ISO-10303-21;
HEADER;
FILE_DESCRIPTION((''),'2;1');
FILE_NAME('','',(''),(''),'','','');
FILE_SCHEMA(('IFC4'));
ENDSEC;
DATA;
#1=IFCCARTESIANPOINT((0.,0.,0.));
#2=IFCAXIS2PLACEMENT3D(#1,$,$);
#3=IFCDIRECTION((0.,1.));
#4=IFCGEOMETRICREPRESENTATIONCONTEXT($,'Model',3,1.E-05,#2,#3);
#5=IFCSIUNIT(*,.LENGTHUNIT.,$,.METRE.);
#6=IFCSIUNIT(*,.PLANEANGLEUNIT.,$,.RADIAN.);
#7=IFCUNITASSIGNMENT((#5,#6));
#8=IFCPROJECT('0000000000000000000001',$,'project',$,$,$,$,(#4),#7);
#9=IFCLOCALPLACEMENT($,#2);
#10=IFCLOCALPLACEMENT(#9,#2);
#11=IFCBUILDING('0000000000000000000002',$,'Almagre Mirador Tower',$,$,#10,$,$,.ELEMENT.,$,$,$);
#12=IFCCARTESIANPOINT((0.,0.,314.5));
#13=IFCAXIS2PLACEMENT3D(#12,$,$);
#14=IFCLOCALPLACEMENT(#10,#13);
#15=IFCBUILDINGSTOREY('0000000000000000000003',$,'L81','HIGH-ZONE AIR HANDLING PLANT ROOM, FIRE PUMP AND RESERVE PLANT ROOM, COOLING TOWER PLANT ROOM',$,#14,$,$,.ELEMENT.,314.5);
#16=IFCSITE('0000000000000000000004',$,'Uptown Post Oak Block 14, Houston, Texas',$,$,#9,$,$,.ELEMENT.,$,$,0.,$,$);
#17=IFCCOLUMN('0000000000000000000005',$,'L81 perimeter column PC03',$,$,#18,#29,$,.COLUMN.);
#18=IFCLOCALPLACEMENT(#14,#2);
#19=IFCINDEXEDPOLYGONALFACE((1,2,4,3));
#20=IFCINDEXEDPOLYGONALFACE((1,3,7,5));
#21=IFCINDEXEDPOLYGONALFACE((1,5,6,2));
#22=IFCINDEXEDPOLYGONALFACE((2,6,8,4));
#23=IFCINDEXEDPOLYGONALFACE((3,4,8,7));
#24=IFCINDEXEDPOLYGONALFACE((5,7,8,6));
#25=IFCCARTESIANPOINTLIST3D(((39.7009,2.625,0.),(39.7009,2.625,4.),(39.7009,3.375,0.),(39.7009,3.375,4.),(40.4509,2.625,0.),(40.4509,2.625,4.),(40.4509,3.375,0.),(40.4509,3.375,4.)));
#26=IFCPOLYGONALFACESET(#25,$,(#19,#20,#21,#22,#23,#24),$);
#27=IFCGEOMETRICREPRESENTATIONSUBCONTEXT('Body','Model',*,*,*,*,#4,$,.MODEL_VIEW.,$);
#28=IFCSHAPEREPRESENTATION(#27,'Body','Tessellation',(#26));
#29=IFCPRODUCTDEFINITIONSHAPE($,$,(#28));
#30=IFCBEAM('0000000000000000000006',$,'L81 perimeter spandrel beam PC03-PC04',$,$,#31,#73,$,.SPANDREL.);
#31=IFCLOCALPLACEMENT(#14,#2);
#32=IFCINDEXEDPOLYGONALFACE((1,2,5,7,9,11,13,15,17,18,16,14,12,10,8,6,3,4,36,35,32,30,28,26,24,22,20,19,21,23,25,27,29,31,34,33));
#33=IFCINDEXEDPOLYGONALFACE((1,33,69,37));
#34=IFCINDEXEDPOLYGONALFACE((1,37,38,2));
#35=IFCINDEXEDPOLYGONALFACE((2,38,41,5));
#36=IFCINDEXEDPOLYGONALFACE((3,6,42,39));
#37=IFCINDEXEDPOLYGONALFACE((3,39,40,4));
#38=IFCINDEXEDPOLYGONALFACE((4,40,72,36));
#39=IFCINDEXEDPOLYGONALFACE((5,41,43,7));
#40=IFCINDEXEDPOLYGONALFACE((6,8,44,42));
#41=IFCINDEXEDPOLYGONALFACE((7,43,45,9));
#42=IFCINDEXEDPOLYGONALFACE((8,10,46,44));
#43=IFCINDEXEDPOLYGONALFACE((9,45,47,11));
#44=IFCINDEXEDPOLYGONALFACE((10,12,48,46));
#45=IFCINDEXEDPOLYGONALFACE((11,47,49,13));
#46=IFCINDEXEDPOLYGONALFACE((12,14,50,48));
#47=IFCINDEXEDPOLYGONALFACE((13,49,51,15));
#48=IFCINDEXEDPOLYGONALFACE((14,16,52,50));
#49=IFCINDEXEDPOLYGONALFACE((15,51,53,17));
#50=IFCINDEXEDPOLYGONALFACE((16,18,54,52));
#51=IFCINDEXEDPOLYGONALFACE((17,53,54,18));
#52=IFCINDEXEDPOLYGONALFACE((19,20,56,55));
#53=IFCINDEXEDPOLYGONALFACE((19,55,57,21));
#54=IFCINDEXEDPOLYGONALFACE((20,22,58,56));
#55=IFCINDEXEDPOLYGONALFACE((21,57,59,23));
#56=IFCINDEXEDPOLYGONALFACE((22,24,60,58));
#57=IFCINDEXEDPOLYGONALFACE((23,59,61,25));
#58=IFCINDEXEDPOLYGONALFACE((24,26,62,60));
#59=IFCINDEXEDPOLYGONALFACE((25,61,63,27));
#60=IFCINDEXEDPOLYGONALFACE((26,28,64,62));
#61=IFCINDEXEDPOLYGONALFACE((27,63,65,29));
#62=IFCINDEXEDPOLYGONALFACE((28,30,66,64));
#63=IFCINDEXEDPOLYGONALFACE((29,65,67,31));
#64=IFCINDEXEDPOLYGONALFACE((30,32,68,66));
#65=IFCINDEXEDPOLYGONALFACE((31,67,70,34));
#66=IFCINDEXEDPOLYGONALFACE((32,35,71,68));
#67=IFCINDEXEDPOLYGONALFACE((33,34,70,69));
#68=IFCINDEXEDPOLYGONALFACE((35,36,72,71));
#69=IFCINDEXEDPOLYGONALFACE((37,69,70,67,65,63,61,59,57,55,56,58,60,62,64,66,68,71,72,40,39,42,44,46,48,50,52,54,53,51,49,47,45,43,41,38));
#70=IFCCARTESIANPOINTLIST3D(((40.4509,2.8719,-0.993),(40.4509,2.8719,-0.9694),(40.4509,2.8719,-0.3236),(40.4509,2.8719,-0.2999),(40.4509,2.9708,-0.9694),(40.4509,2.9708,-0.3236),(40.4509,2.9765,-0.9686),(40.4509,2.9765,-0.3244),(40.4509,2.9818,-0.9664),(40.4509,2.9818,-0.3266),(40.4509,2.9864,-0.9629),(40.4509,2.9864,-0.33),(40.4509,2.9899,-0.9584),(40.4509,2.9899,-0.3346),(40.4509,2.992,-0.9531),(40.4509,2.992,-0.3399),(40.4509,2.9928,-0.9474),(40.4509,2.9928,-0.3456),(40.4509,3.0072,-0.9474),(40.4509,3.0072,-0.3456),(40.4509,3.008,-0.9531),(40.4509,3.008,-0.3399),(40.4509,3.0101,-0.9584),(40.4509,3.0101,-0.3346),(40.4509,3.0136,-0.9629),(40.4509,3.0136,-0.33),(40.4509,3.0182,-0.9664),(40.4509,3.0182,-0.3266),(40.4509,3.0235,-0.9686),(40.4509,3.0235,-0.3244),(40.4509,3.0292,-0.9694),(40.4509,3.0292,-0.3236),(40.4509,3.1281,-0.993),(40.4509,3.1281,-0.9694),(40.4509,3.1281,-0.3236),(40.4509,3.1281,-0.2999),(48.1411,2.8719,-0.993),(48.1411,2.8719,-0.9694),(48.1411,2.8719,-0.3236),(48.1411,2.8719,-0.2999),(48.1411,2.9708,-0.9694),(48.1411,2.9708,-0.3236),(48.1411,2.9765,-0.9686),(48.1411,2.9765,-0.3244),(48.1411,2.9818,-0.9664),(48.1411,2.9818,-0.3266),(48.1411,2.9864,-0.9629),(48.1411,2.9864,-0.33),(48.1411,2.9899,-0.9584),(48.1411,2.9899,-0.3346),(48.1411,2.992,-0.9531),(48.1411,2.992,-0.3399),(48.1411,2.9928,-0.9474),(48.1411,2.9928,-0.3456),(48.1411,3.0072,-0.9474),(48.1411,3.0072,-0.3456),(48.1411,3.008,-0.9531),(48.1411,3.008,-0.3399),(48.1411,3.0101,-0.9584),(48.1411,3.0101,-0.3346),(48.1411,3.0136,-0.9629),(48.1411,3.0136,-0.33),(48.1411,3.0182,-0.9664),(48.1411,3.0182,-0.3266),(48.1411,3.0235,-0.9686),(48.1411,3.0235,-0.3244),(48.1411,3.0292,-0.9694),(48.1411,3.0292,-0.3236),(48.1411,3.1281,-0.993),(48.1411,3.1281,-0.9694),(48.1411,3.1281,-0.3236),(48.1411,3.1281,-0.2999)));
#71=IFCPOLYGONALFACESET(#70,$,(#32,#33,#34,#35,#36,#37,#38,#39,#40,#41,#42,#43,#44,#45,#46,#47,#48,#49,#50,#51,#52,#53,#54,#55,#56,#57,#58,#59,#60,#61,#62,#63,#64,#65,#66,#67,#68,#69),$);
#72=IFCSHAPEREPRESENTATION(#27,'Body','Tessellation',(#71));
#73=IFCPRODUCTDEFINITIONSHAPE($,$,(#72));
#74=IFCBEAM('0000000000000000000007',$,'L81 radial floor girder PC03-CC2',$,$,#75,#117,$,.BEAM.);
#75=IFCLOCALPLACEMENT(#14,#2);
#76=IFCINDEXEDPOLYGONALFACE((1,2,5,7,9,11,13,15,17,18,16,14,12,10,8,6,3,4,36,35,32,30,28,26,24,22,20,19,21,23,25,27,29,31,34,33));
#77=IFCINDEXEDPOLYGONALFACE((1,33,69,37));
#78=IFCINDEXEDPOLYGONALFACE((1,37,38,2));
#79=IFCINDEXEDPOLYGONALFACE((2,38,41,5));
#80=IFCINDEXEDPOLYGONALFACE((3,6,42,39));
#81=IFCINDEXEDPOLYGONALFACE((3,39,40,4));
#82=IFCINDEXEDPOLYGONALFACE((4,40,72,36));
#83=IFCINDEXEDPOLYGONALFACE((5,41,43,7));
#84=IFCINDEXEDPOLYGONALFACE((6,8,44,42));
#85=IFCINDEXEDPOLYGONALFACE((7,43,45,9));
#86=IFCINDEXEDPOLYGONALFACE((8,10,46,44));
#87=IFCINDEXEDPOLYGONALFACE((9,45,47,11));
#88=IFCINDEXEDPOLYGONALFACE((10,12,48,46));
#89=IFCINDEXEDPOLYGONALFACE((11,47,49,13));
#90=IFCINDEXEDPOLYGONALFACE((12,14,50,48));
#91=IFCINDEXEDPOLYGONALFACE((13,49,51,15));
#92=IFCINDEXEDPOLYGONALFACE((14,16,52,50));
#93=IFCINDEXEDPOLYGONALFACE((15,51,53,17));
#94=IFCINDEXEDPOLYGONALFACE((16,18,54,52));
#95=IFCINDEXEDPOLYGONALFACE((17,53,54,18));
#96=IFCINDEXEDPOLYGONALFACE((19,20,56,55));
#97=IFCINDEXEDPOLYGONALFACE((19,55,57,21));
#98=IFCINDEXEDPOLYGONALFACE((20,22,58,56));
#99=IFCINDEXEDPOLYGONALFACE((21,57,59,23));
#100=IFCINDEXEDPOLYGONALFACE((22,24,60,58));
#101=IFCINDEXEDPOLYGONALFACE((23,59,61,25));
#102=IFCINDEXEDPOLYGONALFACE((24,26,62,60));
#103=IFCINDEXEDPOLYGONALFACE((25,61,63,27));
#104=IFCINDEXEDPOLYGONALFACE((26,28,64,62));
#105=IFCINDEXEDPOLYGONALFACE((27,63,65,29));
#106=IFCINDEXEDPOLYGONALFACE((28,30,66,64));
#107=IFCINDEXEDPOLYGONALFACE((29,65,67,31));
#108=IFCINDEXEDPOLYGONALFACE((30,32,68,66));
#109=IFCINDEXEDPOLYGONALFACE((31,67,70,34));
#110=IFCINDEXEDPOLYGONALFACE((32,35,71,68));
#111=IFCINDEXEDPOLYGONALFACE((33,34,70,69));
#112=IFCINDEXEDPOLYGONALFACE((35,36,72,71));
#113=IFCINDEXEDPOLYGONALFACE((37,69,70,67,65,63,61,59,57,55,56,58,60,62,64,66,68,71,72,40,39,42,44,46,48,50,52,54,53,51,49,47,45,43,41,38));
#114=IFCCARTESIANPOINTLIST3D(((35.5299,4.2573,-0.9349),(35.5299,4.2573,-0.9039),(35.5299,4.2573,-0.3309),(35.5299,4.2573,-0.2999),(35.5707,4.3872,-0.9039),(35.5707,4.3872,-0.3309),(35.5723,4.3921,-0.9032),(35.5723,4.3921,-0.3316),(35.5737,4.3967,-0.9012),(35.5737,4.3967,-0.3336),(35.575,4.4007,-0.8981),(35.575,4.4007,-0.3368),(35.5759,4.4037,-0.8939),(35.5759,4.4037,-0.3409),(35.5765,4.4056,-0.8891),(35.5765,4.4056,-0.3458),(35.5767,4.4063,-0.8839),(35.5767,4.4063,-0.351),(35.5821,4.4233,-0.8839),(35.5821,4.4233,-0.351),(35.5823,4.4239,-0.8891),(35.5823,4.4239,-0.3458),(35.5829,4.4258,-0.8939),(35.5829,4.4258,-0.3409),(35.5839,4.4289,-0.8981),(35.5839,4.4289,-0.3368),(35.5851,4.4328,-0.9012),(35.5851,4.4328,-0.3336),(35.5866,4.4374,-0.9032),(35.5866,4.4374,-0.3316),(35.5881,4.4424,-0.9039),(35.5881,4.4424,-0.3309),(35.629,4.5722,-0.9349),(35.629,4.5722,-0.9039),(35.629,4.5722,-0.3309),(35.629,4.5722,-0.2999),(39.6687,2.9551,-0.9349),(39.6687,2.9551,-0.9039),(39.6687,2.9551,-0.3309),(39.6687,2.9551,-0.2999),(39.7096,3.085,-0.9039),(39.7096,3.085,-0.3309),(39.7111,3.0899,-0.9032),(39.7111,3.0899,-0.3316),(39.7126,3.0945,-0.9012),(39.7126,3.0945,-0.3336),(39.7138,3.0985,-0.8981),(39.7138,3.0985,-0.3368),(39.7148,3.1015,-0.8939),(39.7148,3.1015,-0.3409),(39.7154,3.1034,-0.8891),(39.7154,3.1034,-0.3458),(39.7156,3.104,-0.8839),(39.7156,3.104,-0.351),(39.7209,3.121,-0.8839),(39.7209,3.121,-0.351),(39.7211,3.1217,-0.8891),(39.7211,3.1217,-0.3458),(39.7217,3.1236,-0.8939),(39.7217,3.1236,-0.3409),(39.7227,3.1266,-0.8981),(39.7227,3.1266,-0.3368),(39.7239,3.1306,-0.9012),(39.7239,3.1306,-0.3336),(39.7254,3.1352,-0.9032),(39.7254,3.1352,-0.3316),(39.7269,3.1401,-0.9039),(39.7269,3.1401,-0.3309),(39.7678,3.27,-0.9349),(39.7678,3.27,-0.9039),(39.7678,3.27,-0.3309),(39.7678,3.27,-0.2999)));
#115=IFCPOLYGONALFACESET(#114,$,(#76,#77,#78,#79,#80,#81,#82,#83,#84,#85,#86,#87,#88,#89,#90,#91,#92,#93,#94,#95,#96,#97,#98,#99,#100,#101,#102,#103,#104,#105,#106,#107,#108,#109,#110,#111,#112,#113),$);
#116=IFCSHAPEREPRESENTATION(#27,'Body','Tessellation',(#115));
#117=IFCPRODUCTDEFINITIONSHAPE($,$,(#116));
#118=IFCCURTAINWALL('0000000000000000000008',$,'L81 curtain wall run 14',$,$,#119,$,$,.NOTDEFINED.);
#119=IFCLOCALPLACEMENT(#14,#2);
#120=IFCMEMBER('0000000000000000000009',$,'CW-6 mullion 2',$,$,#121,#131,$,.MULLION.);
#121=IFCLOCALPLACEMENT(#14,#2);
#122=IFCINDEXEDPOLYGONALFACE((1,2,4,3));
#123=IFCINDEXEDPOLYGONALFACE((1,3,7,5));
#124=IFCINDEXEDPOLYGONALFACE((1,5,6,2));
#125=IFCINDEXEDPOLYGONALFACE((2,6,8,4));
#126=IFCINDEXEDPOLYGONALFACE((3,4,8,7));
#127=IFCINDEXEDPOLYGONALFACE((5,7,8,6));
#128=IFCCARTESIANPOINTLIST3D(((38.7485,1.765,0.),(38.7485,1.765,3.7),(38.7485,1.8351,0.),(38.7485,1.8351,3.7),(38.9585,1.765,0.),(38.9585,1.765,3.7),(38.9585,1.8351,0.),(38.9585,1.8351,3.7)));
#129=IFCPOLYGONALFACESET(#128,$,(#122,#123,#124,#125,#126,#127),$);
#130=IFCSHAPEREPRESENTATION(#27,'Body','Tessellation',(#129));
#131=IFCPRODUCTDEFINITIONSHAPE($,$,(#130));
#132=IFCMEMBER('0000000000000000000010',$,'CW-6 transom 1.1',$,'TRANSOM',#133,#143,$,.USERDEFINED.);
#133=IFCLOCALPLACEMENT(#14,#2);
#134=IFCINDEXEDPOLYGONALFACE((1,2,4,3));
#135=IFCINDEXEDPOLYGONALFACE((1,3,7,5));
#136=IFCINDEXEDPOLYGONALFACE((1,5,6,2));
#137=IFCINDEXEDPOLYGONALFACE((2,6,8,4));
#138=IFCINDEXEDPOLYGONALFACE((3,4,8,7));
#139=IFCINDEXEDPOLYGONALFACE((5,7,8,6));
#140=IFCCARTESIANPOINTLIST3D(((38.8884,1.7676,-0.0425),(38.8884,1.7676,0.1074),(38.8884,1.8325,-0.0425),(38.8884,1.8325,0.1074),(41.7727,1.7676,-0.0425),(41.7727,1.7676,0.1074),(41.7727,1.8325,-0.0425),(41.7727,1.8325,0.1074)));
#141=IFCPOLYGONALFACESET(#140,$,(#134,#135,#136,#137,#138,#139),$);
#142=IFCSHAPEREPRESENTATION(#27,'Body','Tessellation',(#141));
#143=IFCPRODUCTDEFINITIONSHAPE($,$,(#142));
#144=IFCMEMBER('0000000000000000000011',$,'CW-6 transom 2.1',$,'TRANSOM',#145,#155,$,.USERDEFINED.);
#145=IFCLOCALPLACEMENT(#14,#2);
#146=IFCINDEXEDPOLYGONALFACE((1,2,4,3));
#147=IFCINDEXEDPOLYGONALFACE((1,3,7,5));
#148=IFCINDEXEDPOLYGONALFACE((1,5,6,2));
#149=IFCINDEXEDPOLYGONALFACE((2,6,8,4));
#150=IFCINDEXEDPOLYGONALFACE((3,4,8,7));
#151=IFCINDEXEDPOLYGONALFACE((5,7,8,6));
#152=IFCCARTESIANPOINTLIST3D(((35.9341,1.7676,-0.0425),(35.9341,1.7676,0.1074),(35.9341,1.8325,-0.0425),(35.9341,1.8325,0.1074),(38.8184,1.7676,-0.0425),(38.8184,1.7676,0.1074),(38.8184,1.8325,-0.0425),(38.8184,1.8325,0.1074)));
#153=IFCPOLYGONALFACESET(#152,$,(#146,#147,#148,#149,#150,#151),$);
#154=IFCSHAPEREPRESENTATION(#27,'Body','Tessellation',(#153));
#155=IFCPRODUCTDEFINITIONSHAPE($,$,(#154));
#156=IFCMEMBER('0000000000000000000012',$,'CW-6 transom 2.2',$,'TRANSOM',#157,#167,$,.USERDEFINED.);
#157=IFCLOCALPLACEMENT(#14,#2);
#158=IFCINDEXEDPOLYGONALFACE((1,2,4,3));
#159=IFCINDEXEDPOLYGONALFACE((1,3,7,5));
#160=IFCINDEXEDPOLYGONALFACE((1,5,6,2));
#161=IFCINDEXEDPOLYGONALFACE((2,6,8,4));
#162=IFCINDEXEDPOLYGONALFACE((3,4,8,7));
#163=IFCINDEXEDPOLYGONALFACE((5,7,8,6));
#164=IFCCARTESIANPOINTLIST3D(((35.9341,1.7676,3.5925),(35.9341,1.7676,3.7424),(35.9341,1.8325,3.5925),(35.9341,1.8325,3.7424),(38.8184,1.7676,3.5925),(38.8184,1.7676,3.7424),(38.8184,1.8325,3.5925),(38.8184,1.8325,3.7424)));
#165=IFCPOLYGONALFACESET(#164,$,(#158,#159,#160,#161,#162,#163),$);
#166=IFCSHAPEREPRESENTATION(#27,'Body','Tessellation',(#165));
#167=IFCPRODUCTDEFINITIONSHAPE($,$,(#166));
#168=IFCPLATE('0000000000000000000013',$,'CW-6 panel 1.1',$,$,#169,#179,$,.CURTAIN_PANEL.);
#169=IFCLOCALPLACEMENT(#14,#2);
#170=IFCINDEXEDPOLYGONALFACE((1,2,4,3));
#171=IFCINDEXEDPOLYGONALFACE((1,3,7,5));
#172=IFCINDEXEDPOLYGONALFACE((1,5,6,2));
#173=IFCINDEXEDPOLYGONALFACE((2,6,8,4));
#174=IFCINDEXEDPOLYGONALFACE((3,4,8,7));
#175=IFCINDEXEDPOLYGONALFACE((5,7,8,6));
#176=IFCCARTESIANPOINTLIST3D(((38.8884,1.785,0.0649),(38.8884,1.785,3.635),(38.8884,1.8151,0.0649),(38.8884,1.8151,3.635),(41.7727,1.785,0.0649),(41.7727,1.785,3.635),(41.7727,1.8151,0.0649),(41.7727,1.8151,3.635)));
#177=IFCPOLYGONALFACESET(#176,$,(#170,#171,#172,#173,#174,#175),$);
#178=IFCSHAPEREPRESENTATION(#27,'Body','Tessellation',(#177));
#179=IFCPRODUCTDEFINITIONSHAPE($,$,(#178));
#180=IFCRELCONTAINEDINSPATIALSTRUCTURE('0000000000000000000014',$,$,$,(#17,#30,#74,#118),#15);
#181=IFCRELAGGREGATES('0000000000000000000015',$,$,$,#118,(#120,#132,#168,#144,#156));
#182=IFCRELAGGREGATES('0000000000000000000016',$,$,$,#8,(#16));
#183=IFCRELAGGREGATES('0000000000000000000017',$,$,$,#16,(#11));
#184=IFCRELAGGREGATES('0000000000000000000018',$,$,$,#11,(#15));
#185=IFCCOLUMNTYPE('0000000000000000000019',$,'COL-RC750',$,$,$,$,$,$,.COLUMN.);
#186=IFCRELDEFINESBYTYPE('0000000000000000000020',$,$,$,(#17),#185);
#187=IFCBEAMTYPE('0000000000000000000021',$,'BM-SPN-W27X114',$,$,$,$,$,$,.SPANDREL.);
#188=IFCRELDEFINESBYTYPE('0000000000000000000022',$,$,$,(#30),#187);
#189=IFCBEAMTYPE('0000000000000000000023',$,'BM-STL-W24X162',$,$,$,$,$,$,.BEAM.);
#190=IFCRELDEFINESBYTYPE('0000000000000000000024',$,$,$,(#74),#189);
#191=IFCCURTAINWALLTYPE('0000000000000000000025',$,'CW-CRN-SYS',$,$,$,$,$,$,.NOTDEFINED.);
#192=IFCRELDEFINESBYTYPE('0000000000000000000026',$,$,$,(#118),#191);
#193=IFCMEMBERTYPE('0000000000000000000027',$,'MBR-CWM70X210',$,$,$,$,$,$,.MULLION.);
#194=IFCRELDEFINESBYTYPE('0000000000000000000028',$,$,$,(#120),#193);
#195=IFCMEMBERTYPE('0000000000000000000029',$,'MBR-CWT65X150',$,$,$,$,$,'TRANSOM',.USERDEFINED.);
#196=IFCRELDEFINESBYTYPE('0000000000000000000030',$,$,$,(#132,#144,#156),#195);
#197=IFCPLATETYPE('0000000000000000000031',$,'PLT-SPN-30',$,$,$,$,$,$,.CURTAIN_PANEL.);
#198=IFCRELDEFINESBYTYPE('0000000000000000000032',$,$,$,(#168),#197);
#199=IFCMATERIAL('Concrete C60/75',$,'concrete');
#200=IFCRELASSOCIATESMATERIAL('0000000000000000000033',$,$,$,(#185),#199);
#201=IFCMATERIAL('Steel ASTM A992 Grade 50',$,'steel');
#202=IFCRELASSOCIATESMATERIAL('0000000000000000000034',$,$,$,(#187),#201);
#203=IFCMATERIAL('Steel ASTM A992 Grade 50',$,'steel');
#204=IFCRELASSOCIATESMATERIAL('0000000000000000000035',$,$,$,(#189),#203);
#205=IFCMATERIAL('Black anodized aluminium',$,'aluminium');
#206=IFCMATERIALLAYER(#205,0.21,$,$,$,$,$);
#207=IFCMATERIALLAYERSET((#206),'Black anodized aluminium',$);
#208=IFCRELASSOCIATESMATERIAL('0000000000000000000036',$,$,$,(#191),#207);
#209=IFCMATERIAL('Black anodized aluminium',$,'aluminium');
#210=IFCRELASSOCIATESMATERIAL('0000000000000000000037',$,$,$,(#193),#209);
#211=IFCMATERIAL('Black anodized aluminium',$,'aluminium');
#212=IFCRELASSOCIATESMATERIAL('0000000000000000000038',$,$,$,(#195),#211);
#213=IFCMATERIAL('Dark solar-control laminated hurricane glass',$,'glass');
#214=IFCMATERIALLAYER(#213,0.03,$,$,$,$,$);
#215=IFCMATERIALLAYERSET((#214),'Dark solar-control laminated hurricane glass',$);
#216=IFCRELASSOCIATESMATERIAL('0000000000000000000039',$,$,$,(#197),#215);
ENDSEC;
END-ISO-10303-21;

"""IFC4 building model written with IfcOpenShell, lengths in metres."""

from ifc_helpers import new_model, si_unit, direction, frame, origin, origin_2d, place, context, subcontext, project, spatial, rectangle, i_section, extrude, material, layer, layer_set, material_profile, profile_set, type_object, element, aggregate, save


model = new_model("IFC4")

# Units and contexts
model_context = context("Model", 3, precision=1e-05, world=origin(), true_north=direction((0.0, 1.0)))
body_context = subcontext(model_context, "Body", "Model", "MODEL_VIEW")
ifc_project = project(units=[si_unit("LENGTHUNIT", "METRE"), si_unit("PLANEANGLEUNIT", "RADIAN")], contexts=[model_context])

# Site, building, storey
site_placement = place(None, origin())
site = spatial("IfcSite", under=ifc_project, at=site_placement, Name="Uptown Post Oak Block 14, Houston, Texas", CompositionType="ELEMENT", RefElevation=0.0)
building_placement = place(site_placement, origin())
building = spatial("IfcBuilding", under=site, at=building_placement, Name="Almagre Mirador Tower", CompositionType="ELEMENT")
storey_placement = place(building_placement, frame((0.0, 0.0, 314.5)))
storey = spatial("IfcBuildingStorey", under=building, at=storey_placement, Name="L81", Description="HIGH-ZONE AIR HANDLING PLANT ROOM, FIRE PUMP AND RESERVE PLANT ROOM, COOLING TOWER PLANT ROOM", CompositionType="ELEMENT", Elevation=314.5)

# Column
ifc_material_1 = material(Name="Concrete C60/75", Category="concrete")
ifc_material_profile_1 = material_profile(ifc_material_1, rectangle(XDim=0.75, YDim=0.75, at=origin_2d()), Name="RC750X750")
ifc_profile_set_1 = profile_set([ifc_material_profile_1], Name="Concrete C60/75")
column_type = type_object("IfcColumnType", Name="COL-RC750", PredefinedType="COLUMN", material=ifc_profile_set_1)
column_placement = place(storey_placement, frame((40.0759, 3.0, 0.0), z_axis=(0.0, 0.0, 1.0), x_axis=(1.0, 0.0, 0.0)))
element("IfcColumn", 1, at=column_placement, inside=storey, type_object=column_type, Name="L81 perimeter column PC03", PredefinedType="COLUMN", context=body_context, shape_type="SweptSolid", body=[
    extrude(rectangle(XDim=0.75, YDim=0.75, at=origin_2d()), origin(), (0.0, 0.0, 1.0), 4.0),
])

# Beams
ifc_material_2 = material(Name="Steel ASTM A992 Grade 50", Category="steel")
ifc_material_profile_2 = material_profile(ifc_material_2, i_section(OverallWidth=0.2561, OverallDepth=0.6931, WebThickness=0.0144, FlangeThickness=0.0237, FilletRadius=0.022, at=origin_2d()), Name="W27X114")
ifc_profile_set_2 = profile_set([ifc_material_profile_2], Name="Steel ASTM A992 Grade 50")
beam_type_1 = type_object("IfcBeamType", Name="BM-SPN-W27X114", PredefinedType="SPANDREL", material=ifc_profile_set_2)
beam_1_placement = place(storey_placement, frame((40.4509, 3.0, -0.6465), z_axis=(1.0, 0.0, 0.0), x_axis=(0.0, 1.0, 0.0)))
element("IfcBeam", 2, at=beam_1_placement, inside=storey, type_object=beam_type_1, Name="L81 perimeter spandrel beam PC03-PC04", PredefinedType="SPANDREL", context=body_context, shape_type="SweptSolid", body=[
    extrude(i_section(OverallWidth=0.2561, OverallDepth=0.6931, WebThickness=0.0144, FlangeThickness=0.0237, FilletRadius=0.022, at=origin_2d()), origin(), (0.0, 0.0, 1.0), 7.6902),
])
ifc_material_3 = material(Name="Steel ASTM A992 Grade 50", Category="steel")
ifc_material_profile_3 = material_profile(ifc_material_3, i_section(OverallWidth=0.3301, OverallDepth=0.635, WebThickness=0.0178, FlangeThickness=0.031, FilletRadius=0.02, at=origin_2d()), Name="W24X162")
ifc_profile_set_3 = profile_set([ifc_material_profile_3], Name="Steel ASTM A992 Grade 50")
beam_type_2 = type_object("IfcBeamType", Name="BM-STL-W24X162", PredefinedType="BEAM", material=ifc_profile_set_3)
beam_2_placement = place(storey_placement, frame((39.7183, 3.1125, -0.6174), z_axis=(-0.953898, 0.300129, 0.0), x_axis=(-0.300129, -0.953898, 0.0)))
element("IfcBeam", 3, at=beam_2_placement, inside=storey, type_object=beam_type_2, Name="L81 radial floor girder PC03-CC2", PredefinedType="BEAM", context=body_context, shape_type="SweptSolid", body=[
    extrude(i_section(OverallWidth=0.3301, OverallDepth=0.635, WebThickness=0.0178, FlangeThickness=0.031, FilletRadius=0.02, at=origin_2d()), origin(), (0.0, 0.0, 1.0), 4.3389),
])

# Curtain wall, members, plate
ifc_material_4 = material(Name="Black anodized aluminium", Category="aluminium")
ifc_layer_1 = layer(ifc_material_4, 0.21)
ifc_layer_set_1 = layer_set([ifc_layer_1], Name="Black anodized aluminium")
curtain_wall_type = type_object("IfcCurtainWallType", Name="CW-CRN-SYS", PredefinedType="NOTDEFINED", material=ifc_layer_set_1)
curtain_wall_placement = place(storey_placement, origin())
curtain_wall = element("IfcCurtainWall", 4, at=curtain_wall_placement, inside=storey, type_object=curtain_wall_type, Name="L81 curtain wall run 14", PredefinedType="NOTDEFINED")
ifc_material_5 = material(Name="Black anodized aluminium", Category="aluminium")
ifc_material_profile_4 = material_profile(ifc_material_5, rectangle(XDim=0.0701, YDim=0.21, at=origin_2d()), Name="CWM70X210")
ifc_profile_set_4 = profile_set([ifc_material_profile_4], Name="Black anodized aluminium")
member_type_1 = type_object("IfcMemberType", Name="MBR-CWM70X210", PredefinedType="MULLION", material=ifc_profile_set_4)
member_1_placement = place(storey_placement, frame((38.8535, 1.8, 0.0), z_axis=(0.0, 0.0, 1.0), x_axis=(0.0, -1.0, 0.0)))
member_1 = element("IfcMember", 5, at=member_1_placement, type_object=member_type_1, Name="CW-6 mullion 2", PredefinedType="MULLION", context=body_context, shape_type="SweptSolid", body=[
    extrude(rectangle(XDim=0.0701, YDim=0.21, at=origin_2d()), origin(), (0.0, 0.0, 1.0), 3.7),
])
ifc_material_6 = material(Name="Black anodized aluminium", Category="aluminium")
ifc_material_profile_5 = material_profile(ifc_material_6, rectangle(XDim=0.0649, YDim=0.1499, at=origin_2d()), Name="CWT65X150")
ifc_profile_set_5 = profile_set([ifc_material_profile_5], Name="Black anodized aluminium")
member_type_2 = type_object("IfcMemberType", Name="MBR-CWT65X150", ElementType="TRANSOM", PredefinedType="USERDEFINED", material=ifc_profile_set_5)
member_2_placement = place(storey_placement, frame((41.7727, 1.8, 0.0325), z_axis=(-1.0, 0.0, 0.0), x_axis=(0.0, -1.0, 0.0)))
member_2 = element("IfcMember", 6, at=member_2_placement, type_object=member_type_2, Name="CW-6 transom 1.1", ObjectType="TRANSOM", PredefinedType="USERDEFINED", context=body_context, shape_type="SweptSolid", body=[
    extrude(rectangle(XDim=0.0649, YDim=0.1499, at=origin_2d()), origin(), (0.0, 0.0, 1.0), 2.8843),
])
member_3_placement = place(storey_placement, frame((38.8184, 1.8, 0.0325), z_axis=(-1.0, 0.0, 0.0), x_axis=(0.0, -1.0, 0.0)))
member_3 = element("IfcMember", 7, at=member_3_placement, type_object=member_type_2, Name="CW-6 transom 2.1", ObjectType="TRANSOM", PredefinedType="USERDEFINED", context=body_context, shape_type="SweptSolid", body=[
    extrude(rectangle(XDim=0.0649, YDim=0.1499, at=origin_2d()), origin(), (0.0, 0.0, 1.0), 2.8843),
])
member_4_placement = place(storey_placement, frame((38.8184, 1.8, 3.6675), z_axis=(-1.0, 0.0, 0.0), x_axis=(0.0, -1.0, 0.0)))
member_4 = element("IfcMember", 8, at=member_4_placement, type_object=member_type_2, Name="CW-6 transom 2.2", ObjectType="TRANSOM", PredefinedType="USERDEFINED", context=body_context, shape_type="SweptSolid", body=[
    extrude(rectangle(XDim=0.0649, YDim=0.1499, at=origin_2d()), origin(), (0.0, 0.0, 1.0), 2.8843),
])
ifc_material_7 = material(Name="Dark solar-control laminated hurricane glass", Category="glass")
ifc_layer_2 = layer(ifc_material_7, 0.03)
ifc_layer_set_2 = layer_set([ifc_layer_2], Name="Dark solar-control laminated hurricane glass")
plate_type = type_object("IfcPlateType", Name="PLT-SPN-30", PredefinedType="CURTAIN_PANEL", material=ifc_layer_set_2)
plate_1_placement = place(storey_placement, frame((40.3306, 1.8, 0.0649), z_axis=(0.0, 0.0, 1.0), x_axis=(-1.0, 0.0, 0.0)))
plate_1 = element("IfcPlate", 9, at=plate_1_placement, type_object=plate_type, Name="CW-6 panel 1.1", PredefinedType="CURTAIN_PANEL", context=body_context, shape_type="SweptSolid", body=[
    extrude(rectangle(XDim=2.8843, YDim=0.03, at=origin_2d()), origin(), (0.0, 0.0, 1.0), 3.5701),
])
aggregate(curtain_wall, [member_1, member_2, plate_1, member_3, member_4])

save(model, "model.ifc")
